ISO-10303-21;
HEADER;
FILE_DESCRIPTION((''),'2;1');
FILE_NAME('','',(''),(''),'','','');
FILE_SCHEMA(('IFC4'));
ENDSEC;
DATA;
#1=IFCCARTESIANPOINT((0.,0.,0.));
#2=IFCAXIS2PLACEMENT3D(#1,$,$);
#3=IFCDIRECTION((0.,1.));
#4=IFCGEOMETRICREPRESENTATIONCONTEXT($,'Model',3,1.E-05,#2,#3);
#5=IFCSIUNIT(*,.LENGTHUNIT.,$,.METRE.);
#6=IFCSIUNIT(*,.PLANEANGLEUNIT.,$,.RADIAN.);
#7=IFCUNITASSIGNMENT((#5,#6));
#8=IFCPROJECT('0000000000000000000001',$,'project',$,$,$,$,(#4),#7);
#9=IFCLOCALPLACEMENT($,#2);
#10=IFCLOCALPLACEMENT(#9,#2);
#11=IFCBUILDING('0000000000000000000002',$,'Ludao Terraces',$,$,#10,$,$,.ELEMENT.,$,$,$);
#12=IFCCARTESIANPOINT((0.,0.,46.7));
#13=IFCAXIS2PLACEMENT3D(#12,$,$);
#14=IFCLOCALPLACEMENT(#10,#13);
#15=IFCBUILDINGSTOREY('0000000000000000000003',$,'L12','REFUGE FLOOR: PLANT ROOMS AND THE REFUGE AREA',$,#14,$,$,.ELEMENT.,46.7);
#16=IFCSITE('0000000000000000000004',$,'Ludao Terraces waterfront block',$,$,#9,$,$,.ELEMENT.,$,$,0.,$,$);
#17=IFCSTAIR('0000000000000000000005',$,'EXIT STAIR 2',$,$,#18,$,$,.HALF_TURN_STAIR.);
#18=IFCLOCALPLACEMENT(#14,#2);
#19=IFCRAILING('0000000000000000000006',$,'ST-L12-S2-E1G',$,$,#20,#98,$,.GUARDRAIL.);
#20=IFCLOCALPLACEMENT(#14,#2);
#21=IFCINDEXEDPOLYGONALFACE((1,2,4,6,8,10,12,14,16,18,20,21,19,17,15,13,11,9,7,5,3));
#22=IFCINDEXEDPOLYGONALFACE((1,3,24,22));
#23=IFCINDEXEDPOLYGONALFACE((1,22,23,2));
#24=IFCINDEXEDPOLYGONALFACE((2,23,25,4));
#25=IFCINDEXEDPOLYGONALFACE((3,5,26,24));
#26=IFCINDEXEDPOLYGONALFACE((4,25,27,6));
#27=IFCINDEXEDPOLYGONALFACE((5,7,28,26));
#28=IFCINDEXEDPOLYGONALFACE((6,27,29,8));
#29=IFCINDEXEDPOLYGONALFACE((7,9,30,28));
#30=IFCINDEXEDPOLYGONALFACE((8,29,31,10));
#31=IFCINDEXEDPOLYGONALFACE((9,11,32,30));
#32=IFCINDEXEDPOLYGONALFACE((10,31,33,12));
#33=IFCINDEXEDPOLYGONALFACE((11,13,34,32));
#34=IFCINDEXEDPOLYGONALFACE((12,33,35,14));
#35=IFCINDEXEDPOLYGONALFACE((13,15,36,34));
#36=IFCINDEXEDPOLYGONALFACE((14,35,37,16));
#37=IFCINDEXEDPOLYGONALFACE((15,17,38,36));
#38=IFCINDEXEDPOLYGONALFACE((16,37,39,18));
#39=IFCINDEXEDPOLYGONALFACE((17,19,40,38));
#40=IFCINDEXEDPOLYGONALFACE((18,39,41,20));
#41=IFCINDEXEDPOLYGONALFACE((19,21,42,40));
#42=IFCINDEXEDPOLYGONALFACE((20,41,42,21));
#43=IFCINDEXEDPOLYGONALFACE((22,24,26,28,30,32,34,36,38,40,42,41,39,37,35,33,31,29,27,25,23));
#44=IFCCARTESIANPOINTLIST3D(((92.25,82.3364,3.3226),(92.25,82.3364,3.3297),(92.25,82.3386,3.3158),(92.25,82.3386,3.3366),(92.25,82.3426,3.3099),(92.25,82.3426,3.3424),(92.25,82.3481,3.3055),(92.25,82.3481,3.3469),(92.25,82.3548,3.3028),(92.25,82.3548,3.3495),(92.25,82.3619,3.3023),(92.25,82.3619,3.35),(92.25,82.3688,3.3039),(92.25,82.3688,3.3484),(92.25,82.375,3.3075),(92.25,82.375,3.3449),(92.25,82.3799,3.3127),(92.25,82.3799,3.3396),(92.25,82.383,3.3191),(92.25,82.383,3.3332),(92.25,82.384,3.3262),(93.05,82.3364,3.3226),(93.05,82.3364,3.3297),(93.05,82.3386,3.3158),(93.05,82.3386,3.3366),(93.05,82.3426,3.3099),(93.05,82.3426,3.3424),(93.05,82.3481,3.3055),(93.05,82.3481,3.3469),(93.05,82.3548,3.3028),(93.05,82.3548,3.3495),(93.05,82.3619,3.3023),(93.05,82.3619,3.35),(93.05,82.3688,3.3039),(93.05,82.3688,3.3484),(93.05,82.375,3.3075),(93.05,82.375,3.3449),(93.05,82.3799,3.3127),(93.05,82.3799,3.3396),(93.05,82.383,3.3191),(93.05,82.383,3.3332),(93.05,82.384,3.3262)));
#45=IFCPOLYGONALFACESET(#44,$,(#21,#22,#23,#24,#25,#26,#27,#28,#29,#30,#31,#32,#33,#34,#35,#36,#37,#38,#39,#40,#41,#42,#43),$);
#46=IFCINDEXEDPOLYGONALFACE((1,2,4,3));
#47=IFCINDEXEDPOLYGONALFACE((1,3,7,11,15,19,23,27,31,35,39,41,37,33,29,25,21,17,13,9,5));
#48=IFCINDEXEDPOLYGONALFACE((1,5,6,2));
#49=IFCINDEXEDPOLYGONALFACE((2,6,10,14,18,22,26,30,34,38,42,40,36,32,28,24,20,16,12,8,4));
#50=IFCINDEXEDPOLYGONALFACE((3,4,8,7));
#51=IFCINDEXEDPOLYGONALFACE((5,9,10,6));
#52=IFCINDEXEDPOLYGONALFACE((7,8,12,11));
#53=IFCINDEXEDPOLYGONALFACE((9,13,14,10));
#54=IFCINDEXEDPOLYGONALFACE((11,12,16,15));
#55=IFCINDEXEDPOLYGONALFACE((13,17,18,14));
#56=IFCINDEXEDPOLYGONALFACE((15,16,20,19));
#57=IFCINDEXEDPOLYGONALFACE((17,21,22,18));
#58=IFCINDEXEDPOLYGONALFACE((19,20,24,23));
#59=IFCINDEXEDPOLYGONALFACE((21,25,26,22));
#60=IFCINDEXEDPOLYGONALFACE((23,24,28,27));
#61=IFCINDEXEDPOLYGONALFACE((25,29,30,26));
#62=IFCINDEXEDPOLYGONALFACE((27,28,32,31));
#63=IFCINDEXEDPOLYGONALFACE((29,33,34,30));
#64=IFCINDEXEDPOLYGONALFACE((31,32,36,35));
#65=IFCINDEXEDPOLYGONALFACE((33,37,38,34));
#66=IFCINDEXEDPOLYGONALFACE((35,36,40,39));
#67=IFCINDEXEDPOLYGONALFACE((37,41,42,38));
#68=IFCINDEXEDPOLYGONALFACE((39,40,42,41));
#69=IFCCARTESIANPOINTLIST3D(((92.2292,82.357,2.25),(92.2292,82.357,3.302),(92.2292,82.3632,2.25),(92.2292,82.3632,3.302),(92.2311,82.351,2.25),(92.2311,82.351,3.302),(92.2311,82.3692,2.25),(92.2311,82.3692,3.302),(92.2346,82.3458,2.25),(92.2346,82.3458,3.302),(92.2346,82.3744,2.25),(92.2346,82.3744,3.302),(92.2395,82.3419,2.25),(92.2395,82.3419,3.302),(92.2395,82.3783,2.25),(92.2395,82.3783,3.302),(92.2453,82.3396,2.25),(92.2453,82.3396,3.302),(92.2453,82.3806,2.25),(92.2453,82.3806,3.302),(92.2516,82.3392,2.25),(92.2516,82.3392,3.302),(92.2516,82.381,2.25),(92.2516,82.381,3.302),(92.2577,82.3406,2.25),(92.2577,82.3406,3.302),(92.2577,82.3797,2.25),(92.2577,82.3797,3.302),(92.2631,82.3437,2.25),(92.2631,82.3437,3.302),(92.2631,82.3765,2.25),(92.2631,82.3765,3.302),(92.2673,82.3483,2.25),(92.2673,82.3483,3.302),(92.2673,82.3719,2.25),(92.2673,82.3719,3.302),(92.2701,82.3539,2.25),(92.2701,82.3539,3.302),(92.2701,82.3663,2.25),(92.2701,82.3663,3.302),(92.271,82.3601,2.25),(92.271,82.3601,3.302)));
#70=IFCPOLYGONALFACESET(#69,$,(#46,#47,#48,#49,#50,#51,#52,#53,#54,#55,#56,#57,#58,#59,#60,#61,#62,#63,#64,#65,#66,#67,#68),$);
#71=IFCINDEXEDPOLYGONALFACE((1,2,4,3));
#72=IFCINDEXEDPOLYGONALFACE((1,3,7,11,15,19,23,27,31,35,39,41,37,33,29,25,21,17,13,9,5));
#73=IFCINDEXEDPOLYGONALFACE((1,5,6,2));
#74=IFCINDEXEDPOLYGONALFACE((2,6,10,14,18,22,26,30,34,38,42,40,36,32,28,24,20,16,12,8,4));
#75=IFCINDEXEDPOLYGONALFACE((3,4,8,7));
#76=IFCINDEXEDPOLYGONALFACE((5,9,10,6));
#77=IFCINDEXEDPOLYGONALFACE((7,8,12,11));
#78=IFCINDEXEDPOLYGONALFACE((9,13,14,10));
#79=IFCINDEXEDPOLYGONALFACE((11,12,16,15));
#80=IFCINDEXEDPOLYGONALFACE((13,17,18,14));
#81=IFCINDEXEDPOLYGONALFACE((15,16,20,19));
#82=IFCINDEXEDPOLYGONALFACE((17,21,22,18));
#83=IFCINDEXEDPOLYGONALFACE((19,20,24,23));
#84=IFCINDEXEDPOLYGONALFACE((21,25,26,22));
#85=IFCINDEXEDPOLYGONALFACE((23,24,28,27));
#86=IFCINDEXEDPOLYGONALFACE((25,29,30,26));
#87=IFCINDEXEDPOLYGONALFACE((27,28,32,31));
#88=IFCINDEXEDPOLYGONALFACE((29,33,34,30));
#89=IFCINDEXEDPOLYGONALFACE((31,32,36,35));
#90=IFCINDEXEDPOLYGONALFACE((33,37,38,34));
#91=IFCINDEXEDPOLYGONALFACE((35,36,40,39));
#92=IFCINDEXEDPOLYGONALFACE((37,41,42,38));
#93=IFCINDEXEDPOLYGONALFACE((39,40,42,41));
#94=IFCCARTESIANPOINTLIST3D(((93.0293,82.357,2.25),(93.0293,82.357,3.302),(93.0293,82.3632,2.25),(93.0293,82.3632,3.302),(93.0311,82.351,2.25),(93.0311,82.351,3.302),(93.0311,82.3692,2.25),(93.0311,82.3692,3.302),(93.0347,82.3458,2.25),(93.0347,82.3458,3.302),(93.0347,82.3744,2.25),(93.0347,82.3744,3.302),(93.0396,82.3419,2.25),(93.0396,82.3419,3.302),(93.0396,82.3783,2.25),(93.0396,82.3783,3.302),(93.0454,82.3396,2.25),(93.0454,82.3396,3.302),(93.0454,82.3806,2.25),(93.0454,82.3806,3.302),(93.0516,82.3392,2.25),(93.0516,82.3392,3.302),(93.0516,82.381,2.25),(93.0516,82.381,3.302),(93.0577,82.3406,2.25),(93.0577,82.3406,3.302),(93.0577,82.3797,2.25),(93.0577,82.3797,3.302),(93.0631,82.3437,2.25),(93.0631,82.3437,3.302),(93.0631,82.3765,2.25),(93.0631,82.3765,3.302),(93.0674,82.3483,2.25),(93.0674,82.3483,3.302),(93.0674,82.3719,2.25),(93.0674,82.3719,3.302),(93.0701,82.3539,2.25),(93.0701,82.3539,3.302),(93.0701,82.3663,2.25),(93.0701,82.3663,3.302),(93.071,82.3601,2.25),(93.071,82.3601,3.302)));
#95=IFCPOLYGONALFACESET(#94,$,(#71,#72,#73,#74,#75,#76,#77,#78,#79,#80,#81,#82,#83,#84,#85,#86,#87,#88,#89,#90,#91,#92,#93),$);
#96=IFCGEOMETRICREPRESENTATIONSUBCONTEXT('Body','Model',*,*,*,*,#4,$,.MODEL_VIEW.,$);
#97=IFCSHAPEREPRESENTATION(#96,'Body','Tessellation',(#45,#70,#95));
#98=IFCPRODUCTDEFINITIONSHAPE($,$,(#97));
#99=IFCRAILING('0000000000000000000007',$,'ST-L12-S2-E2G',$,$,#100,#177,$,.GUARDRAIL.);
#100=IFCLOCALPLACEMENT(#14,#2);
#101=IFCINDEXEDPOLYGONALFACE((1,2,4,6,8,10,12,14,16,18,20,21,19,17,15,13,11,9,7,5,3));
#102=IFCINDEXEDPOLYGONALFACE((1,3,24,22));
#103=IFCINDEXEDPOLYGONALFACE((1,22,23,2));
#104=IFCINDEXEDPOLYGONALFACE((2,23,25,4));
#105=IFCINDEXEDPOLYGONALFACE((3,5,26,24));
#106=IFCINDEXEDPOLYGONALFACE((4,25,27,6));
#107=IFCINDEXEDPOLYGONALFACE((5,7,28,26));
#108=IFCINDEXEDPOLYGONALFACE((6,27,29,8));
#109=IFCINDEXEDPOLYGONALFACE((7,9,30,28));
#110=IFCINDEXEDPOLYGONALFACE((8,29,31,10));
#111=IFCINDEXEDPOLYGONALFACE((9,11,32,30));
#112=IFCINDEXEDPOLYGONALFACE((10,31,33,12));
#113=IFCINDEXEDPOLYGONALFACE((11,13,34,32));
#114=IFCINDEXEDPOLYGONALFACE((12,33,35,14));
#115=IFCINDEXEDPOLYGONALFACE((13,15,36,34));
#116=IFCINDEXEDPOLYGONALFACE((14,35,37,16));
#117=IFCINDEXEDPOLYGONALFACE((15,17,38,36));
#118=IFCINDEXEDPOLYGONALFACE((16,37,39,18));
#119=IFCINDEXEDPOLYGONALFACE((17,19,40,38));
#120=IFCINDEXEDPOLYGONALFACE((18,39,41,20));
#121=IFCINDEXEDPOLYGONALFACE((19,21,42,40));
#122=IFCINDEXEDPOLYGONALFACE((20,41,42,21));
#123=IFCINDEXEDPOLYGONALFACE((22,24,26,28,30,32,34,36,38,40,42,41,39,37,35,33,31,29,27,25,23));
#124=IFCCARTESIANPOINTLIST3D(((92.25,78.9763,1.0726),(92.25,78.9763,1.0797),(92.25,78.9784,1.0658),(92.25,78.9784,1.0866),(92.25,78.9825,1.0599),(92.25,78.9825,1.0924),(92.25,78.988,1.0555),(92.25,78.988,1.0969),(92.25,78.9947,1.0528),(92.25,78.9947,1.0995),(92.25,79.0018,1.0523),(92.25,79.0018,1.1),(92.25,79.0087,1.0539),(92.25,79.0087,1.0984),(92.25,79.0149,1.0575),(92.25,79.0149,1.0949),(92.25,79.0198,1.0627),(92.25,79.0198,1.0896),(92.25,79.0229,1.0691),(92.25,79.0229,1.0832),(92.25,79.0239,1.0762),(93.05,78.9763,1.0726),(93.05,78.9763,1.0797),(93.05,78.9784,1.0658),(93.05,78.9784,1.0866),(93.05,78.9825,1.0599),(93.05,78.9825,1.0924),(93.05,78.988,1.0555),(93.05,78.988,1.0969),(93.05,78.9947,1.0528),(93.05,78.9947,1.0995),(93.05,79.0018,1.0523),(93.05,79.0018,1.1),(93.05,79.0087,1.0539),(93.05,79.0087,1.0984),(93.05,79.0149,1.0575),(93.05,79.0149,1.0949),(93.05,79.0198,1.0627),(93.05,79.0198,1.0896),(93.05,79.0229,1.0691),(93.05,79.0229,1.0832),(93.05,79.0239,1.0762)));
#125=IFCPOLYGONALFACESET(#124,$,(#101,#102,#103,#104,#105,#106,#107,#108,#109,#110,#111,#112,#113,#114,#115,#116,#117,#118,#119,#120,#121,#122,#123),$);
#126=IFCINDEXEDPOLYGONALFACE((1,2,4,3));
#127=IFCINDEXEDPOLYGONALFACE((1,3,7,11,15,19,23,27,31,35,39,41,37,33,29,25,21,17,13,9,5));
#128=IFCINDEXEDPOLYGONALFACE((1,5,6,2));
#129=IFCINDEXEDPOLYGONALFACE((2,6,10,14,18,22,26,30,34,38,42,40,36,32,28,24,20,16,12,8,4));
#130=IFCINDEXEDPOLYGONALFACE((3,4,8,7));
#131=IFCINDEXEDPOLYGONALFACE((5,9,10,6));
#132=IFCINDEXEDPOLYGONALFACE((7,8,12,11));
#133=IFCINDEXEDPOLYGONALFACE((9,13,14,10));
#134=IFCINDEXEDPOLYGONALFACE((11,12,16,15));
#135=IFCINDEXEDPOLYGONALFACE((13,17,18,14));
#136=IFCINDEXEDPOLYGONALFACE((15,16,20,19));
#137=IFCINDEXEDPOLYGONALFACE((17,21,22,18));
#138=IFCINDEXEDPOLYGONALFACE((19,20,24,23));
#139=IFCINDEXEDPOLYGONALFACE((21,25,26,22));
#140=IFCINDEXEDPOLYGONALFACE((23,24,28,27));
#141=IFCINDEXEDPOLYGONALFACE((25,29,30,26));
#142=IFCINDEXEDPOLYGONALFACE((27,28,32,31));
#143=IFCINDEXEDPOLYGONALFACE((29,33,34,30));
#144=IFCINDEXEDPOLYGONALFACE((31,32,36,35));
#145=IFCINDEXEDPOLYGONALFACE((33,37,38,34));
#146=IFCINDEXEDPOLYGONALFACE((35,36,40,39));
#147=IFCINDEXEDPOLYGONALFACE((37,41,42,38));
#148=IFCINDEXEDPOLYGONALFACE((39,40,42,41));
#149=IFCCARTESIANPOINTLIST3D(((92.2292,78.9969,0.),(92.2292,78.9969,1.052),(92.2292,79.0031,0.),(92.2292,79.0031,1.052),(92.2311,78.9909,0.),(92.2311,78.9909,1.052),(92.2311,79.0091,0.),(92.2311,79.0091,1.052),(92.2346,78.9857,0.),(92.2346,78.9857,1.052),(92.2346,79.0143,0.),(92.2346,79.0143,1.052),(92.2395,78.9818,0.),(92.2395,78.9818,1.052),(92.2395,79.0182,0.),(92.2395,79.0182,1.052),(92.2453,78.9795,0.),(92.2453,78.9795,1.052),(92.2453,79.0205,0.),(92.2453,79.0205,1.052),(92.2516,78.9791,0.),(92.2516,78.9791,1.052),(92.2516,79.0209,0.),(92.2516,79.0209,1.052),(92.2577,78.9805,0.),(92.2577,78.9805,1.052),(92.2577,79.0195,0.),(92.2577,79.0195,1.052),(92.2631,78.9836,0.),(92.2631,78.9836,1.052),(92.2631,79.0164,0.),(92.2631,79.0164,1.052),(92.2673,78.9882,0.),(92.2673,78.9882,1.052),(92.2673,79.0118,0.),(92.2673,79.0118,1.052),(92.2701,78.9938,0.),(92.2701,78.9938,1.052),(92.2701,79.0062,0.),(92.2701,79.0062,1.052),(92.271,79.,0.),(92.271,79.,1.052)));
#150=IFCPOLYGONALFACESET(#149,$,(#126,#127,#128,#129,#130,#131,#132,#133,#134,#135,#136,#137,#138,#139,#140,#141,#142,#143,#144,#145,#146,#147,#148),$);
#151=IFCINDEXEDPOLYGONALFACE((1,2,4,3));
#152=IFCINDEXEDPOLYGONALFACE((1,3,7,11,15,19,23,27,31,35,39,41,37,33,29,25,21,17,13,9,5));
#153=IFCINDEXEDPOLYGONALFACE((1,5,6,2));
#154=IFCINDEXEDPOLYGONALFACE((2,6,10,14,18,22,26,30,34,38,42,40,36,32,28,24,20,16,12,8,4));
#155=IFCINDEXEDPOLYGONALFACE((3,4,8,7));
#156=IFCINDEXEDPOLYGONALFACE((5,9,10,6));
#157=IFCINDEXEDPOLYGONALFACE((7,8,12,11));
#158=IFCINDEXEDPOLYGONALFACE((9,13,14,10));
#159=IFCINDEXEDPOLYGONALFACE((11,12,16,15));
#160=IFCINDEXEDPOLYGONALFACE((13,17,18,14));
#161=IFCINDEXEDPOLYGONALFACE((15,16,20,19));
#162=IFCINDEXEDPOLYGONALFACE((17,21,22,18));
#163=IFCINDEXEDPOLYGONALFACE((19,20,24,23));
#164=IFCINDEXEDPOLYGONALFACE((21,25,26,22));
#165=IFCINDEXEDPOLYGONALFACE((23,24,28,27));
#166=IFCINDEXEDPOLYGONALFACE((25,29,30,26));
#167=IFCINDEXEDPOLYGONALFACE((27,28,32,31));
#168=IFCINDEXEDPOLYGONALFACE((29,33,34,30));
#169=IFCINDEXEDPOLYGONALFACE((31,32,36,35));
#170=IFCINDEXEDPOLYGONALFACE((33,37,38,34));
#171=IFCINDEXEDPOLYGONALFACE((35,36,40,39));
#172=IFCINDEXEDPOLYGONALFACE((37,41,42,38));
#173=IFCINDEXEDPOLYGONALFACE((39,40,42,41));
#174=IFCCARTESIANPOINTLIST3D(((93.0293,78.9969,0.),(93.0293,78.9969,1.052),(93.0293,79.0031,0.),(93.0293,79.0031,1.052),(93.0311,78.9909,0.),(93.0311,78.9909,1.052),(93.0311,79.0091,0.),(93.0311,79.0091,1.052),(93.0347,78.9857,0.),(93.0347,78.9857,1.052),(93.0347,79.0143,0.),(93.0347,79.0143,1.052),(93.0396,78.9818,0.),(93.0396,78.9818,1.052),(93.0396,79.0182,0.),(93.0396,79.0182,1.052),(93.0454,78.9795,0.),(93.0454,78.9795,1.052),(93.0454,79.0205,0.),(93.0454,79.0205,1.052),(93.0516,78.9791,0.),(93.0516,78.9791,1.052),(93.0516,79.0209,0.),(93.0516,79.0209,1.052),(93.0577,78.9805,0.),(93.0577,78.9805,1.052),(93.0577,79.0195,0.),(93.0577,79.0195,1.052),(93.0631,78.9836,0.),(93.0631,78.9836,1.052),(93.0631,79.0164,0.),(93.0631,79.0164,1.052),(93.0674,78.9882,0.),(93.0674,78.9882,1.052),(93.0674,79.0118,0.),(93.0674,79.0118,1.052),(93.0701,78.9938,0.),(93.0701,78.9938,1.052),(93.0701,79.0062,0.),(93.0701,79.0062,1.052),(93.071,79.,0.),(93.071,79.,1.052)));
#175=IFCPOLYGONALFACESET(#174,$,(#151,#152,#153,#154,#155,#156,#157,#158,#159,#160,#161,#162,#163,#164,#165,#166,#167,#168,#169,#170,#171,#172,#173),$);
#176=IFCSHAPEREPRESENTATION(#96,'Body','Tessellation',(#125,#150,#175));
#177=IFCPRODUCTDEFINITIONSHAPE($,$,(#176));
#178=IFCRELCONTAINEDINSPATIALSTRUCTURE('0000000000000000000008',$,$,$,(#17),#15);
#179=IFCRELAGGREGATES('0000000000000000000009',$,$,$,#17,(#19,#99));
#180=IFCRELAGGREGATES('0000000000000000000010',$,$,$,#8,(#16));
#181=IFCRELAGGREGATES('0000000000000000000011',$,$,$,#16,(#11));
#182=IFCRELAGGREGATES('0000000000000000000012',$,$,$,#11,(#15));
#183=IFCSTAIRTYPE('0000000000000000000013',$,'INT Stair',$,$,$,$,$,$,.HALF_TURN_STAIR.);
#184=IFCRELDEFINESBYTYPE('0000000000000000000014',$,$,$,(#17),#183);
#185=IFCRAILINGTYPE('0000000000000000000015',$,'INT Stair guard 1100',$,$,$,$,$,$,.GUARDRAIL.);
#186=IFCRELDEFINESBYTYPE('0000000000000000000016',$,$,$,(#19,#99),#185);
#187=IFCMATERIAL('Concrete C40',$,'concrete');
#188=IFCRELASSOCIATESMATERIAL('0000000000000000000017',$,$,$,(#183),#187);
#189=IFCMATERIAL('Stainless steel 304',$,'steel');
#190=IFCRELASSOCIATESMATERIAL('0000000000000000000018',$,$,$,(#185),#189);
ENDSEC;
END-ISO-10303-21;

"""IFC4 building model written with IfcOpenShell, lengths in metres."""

from ifc_helpers import new_model, si_unit, direction, frame, origin, origin_2d, place, context, subcontext, project, spatial, circle, extrude, material, type_object, element, aggregate, save


model = new_model("IFC4")

# Units and contexts
model_context = context("Model", 3, precision=1e-05, world=origin(), true_north=direction((0.0, 1.0)))
body_context = subcontext(model_context, "Body", "Model", "MODEL_VIEW")
ifc_project = project(units=[si_unit("LENGTHUNIT", "METRE"), si_unit("PLANEANGLEUNIT", "RADIAN")], contexts=[model_context])

# Site, building, storey
site_placement = place(None, origin())
site = spatial("IfcSite", under=ifc_project, at=site_placement, Name="Ludao Terraces waterfront block", CompositionType="ELEMENT", RefElevation=0.0)
building_placement = place(site_placement, origin())
building = spatial("IfcBuilding", under=site, at=building_placement, Name="Ludao Terraces", CompositionType="ELEMENT")
storey_placement = place(building_placement, frame((0.0, 0.0, 46.7)))
storey = spatial("IfcBuildingStorey", under=building, at=storey_placement, Name="L12", Description="REFUGE FLOOR: PLANT ROOMS AND THE REFUGE AREA", CompositionType="ELEMENT", Elevation=46.7)

# Stair, railings
ifc_material_1 = material(Name="Concrete C40", Category="concrete")
stair_type = type_object("IfcStairType", Name="INT Stair", PredefinedType="HALF_TURN_STAIR", material=ifc_material_1)
stair_placement = place(storey_placement, origin())
stair = element("IfcStair", 1, at=stair_placement, inside=storey, type_object=stair_type, Name="EXIT STAIR 2", PredefinedType="HALF_TURN_STAIR")
ifc_material_2 = material(Name="Stainless steel 304", Category="steel")
railing_type_1 = type_object("IfcRailingType", Name="INT Stair guard 1100", PredefinedType="GUARDRAIL", material=ifc_material_2)
railing_1_placement = place(storey_placement, frame((92.25, 82.3601, 2.25)))
railing_1 = element("IfcRailing", 2, at=railing_1_placement, type_object=railing_type_1, Name="ST-L12-S2-E1G", PredefinedType="GUARDRAIL", context=body_context, shape_type="SweptSolid", body=[
    extrude(circle(Radius=0.0239, at=origin_2d()), frame((0.0, 0.0, 1.0762), z_axis=(1.0, 0.0, 0.0), x_axis=(0.0, 1.0, 0.0)), (0.0, 0.0, 1.0), 0.8),
    extrude(circle(Radius=0.021, at=origin_2d()), origin(), (0.0, 0.0, 1.0), 1.052),
    extrude(circle(Radius=0.021, at=origin_2d()), frame((0.8, 0.0, 0.0)), (0.0, 0.0, 1.0), 1.052),
])
railing_2_placement = place(storey_placement, frame((92.25, 79.0, 0.0)))
railing_2 = element("IfcRailing", 3, at=railing_2_placement, type_object=railing_type_1, Name="ST-L12-S2-E2G", PredefinedType="GUARDRAIL", context=body_context, shape_type="SweptSolid", body=[
    extrude(circle(Radius=0.0239, at=origin_2d()), frame((0.0, 0.0, 1.0762), z_axis=(1.0, 0.0, 0.0), x_axis=(0.0, 1.0, 0.0)), (0.0, 0.0, 1.0), 0.8),
    extrude(circle(Radius=0.021, at=origin_2d()), origin(), (0.0, 0.0, 1.0), 1.052),
    extrude(circle(Radius=0.021, at=origin_2d()), frame((0.8, 0.0, 0.0)), (0.0, 0.0, 1.0), 1.052),
])
aggregate(stair, [railing_1, railing_2])

save(model, "model.ifc")
